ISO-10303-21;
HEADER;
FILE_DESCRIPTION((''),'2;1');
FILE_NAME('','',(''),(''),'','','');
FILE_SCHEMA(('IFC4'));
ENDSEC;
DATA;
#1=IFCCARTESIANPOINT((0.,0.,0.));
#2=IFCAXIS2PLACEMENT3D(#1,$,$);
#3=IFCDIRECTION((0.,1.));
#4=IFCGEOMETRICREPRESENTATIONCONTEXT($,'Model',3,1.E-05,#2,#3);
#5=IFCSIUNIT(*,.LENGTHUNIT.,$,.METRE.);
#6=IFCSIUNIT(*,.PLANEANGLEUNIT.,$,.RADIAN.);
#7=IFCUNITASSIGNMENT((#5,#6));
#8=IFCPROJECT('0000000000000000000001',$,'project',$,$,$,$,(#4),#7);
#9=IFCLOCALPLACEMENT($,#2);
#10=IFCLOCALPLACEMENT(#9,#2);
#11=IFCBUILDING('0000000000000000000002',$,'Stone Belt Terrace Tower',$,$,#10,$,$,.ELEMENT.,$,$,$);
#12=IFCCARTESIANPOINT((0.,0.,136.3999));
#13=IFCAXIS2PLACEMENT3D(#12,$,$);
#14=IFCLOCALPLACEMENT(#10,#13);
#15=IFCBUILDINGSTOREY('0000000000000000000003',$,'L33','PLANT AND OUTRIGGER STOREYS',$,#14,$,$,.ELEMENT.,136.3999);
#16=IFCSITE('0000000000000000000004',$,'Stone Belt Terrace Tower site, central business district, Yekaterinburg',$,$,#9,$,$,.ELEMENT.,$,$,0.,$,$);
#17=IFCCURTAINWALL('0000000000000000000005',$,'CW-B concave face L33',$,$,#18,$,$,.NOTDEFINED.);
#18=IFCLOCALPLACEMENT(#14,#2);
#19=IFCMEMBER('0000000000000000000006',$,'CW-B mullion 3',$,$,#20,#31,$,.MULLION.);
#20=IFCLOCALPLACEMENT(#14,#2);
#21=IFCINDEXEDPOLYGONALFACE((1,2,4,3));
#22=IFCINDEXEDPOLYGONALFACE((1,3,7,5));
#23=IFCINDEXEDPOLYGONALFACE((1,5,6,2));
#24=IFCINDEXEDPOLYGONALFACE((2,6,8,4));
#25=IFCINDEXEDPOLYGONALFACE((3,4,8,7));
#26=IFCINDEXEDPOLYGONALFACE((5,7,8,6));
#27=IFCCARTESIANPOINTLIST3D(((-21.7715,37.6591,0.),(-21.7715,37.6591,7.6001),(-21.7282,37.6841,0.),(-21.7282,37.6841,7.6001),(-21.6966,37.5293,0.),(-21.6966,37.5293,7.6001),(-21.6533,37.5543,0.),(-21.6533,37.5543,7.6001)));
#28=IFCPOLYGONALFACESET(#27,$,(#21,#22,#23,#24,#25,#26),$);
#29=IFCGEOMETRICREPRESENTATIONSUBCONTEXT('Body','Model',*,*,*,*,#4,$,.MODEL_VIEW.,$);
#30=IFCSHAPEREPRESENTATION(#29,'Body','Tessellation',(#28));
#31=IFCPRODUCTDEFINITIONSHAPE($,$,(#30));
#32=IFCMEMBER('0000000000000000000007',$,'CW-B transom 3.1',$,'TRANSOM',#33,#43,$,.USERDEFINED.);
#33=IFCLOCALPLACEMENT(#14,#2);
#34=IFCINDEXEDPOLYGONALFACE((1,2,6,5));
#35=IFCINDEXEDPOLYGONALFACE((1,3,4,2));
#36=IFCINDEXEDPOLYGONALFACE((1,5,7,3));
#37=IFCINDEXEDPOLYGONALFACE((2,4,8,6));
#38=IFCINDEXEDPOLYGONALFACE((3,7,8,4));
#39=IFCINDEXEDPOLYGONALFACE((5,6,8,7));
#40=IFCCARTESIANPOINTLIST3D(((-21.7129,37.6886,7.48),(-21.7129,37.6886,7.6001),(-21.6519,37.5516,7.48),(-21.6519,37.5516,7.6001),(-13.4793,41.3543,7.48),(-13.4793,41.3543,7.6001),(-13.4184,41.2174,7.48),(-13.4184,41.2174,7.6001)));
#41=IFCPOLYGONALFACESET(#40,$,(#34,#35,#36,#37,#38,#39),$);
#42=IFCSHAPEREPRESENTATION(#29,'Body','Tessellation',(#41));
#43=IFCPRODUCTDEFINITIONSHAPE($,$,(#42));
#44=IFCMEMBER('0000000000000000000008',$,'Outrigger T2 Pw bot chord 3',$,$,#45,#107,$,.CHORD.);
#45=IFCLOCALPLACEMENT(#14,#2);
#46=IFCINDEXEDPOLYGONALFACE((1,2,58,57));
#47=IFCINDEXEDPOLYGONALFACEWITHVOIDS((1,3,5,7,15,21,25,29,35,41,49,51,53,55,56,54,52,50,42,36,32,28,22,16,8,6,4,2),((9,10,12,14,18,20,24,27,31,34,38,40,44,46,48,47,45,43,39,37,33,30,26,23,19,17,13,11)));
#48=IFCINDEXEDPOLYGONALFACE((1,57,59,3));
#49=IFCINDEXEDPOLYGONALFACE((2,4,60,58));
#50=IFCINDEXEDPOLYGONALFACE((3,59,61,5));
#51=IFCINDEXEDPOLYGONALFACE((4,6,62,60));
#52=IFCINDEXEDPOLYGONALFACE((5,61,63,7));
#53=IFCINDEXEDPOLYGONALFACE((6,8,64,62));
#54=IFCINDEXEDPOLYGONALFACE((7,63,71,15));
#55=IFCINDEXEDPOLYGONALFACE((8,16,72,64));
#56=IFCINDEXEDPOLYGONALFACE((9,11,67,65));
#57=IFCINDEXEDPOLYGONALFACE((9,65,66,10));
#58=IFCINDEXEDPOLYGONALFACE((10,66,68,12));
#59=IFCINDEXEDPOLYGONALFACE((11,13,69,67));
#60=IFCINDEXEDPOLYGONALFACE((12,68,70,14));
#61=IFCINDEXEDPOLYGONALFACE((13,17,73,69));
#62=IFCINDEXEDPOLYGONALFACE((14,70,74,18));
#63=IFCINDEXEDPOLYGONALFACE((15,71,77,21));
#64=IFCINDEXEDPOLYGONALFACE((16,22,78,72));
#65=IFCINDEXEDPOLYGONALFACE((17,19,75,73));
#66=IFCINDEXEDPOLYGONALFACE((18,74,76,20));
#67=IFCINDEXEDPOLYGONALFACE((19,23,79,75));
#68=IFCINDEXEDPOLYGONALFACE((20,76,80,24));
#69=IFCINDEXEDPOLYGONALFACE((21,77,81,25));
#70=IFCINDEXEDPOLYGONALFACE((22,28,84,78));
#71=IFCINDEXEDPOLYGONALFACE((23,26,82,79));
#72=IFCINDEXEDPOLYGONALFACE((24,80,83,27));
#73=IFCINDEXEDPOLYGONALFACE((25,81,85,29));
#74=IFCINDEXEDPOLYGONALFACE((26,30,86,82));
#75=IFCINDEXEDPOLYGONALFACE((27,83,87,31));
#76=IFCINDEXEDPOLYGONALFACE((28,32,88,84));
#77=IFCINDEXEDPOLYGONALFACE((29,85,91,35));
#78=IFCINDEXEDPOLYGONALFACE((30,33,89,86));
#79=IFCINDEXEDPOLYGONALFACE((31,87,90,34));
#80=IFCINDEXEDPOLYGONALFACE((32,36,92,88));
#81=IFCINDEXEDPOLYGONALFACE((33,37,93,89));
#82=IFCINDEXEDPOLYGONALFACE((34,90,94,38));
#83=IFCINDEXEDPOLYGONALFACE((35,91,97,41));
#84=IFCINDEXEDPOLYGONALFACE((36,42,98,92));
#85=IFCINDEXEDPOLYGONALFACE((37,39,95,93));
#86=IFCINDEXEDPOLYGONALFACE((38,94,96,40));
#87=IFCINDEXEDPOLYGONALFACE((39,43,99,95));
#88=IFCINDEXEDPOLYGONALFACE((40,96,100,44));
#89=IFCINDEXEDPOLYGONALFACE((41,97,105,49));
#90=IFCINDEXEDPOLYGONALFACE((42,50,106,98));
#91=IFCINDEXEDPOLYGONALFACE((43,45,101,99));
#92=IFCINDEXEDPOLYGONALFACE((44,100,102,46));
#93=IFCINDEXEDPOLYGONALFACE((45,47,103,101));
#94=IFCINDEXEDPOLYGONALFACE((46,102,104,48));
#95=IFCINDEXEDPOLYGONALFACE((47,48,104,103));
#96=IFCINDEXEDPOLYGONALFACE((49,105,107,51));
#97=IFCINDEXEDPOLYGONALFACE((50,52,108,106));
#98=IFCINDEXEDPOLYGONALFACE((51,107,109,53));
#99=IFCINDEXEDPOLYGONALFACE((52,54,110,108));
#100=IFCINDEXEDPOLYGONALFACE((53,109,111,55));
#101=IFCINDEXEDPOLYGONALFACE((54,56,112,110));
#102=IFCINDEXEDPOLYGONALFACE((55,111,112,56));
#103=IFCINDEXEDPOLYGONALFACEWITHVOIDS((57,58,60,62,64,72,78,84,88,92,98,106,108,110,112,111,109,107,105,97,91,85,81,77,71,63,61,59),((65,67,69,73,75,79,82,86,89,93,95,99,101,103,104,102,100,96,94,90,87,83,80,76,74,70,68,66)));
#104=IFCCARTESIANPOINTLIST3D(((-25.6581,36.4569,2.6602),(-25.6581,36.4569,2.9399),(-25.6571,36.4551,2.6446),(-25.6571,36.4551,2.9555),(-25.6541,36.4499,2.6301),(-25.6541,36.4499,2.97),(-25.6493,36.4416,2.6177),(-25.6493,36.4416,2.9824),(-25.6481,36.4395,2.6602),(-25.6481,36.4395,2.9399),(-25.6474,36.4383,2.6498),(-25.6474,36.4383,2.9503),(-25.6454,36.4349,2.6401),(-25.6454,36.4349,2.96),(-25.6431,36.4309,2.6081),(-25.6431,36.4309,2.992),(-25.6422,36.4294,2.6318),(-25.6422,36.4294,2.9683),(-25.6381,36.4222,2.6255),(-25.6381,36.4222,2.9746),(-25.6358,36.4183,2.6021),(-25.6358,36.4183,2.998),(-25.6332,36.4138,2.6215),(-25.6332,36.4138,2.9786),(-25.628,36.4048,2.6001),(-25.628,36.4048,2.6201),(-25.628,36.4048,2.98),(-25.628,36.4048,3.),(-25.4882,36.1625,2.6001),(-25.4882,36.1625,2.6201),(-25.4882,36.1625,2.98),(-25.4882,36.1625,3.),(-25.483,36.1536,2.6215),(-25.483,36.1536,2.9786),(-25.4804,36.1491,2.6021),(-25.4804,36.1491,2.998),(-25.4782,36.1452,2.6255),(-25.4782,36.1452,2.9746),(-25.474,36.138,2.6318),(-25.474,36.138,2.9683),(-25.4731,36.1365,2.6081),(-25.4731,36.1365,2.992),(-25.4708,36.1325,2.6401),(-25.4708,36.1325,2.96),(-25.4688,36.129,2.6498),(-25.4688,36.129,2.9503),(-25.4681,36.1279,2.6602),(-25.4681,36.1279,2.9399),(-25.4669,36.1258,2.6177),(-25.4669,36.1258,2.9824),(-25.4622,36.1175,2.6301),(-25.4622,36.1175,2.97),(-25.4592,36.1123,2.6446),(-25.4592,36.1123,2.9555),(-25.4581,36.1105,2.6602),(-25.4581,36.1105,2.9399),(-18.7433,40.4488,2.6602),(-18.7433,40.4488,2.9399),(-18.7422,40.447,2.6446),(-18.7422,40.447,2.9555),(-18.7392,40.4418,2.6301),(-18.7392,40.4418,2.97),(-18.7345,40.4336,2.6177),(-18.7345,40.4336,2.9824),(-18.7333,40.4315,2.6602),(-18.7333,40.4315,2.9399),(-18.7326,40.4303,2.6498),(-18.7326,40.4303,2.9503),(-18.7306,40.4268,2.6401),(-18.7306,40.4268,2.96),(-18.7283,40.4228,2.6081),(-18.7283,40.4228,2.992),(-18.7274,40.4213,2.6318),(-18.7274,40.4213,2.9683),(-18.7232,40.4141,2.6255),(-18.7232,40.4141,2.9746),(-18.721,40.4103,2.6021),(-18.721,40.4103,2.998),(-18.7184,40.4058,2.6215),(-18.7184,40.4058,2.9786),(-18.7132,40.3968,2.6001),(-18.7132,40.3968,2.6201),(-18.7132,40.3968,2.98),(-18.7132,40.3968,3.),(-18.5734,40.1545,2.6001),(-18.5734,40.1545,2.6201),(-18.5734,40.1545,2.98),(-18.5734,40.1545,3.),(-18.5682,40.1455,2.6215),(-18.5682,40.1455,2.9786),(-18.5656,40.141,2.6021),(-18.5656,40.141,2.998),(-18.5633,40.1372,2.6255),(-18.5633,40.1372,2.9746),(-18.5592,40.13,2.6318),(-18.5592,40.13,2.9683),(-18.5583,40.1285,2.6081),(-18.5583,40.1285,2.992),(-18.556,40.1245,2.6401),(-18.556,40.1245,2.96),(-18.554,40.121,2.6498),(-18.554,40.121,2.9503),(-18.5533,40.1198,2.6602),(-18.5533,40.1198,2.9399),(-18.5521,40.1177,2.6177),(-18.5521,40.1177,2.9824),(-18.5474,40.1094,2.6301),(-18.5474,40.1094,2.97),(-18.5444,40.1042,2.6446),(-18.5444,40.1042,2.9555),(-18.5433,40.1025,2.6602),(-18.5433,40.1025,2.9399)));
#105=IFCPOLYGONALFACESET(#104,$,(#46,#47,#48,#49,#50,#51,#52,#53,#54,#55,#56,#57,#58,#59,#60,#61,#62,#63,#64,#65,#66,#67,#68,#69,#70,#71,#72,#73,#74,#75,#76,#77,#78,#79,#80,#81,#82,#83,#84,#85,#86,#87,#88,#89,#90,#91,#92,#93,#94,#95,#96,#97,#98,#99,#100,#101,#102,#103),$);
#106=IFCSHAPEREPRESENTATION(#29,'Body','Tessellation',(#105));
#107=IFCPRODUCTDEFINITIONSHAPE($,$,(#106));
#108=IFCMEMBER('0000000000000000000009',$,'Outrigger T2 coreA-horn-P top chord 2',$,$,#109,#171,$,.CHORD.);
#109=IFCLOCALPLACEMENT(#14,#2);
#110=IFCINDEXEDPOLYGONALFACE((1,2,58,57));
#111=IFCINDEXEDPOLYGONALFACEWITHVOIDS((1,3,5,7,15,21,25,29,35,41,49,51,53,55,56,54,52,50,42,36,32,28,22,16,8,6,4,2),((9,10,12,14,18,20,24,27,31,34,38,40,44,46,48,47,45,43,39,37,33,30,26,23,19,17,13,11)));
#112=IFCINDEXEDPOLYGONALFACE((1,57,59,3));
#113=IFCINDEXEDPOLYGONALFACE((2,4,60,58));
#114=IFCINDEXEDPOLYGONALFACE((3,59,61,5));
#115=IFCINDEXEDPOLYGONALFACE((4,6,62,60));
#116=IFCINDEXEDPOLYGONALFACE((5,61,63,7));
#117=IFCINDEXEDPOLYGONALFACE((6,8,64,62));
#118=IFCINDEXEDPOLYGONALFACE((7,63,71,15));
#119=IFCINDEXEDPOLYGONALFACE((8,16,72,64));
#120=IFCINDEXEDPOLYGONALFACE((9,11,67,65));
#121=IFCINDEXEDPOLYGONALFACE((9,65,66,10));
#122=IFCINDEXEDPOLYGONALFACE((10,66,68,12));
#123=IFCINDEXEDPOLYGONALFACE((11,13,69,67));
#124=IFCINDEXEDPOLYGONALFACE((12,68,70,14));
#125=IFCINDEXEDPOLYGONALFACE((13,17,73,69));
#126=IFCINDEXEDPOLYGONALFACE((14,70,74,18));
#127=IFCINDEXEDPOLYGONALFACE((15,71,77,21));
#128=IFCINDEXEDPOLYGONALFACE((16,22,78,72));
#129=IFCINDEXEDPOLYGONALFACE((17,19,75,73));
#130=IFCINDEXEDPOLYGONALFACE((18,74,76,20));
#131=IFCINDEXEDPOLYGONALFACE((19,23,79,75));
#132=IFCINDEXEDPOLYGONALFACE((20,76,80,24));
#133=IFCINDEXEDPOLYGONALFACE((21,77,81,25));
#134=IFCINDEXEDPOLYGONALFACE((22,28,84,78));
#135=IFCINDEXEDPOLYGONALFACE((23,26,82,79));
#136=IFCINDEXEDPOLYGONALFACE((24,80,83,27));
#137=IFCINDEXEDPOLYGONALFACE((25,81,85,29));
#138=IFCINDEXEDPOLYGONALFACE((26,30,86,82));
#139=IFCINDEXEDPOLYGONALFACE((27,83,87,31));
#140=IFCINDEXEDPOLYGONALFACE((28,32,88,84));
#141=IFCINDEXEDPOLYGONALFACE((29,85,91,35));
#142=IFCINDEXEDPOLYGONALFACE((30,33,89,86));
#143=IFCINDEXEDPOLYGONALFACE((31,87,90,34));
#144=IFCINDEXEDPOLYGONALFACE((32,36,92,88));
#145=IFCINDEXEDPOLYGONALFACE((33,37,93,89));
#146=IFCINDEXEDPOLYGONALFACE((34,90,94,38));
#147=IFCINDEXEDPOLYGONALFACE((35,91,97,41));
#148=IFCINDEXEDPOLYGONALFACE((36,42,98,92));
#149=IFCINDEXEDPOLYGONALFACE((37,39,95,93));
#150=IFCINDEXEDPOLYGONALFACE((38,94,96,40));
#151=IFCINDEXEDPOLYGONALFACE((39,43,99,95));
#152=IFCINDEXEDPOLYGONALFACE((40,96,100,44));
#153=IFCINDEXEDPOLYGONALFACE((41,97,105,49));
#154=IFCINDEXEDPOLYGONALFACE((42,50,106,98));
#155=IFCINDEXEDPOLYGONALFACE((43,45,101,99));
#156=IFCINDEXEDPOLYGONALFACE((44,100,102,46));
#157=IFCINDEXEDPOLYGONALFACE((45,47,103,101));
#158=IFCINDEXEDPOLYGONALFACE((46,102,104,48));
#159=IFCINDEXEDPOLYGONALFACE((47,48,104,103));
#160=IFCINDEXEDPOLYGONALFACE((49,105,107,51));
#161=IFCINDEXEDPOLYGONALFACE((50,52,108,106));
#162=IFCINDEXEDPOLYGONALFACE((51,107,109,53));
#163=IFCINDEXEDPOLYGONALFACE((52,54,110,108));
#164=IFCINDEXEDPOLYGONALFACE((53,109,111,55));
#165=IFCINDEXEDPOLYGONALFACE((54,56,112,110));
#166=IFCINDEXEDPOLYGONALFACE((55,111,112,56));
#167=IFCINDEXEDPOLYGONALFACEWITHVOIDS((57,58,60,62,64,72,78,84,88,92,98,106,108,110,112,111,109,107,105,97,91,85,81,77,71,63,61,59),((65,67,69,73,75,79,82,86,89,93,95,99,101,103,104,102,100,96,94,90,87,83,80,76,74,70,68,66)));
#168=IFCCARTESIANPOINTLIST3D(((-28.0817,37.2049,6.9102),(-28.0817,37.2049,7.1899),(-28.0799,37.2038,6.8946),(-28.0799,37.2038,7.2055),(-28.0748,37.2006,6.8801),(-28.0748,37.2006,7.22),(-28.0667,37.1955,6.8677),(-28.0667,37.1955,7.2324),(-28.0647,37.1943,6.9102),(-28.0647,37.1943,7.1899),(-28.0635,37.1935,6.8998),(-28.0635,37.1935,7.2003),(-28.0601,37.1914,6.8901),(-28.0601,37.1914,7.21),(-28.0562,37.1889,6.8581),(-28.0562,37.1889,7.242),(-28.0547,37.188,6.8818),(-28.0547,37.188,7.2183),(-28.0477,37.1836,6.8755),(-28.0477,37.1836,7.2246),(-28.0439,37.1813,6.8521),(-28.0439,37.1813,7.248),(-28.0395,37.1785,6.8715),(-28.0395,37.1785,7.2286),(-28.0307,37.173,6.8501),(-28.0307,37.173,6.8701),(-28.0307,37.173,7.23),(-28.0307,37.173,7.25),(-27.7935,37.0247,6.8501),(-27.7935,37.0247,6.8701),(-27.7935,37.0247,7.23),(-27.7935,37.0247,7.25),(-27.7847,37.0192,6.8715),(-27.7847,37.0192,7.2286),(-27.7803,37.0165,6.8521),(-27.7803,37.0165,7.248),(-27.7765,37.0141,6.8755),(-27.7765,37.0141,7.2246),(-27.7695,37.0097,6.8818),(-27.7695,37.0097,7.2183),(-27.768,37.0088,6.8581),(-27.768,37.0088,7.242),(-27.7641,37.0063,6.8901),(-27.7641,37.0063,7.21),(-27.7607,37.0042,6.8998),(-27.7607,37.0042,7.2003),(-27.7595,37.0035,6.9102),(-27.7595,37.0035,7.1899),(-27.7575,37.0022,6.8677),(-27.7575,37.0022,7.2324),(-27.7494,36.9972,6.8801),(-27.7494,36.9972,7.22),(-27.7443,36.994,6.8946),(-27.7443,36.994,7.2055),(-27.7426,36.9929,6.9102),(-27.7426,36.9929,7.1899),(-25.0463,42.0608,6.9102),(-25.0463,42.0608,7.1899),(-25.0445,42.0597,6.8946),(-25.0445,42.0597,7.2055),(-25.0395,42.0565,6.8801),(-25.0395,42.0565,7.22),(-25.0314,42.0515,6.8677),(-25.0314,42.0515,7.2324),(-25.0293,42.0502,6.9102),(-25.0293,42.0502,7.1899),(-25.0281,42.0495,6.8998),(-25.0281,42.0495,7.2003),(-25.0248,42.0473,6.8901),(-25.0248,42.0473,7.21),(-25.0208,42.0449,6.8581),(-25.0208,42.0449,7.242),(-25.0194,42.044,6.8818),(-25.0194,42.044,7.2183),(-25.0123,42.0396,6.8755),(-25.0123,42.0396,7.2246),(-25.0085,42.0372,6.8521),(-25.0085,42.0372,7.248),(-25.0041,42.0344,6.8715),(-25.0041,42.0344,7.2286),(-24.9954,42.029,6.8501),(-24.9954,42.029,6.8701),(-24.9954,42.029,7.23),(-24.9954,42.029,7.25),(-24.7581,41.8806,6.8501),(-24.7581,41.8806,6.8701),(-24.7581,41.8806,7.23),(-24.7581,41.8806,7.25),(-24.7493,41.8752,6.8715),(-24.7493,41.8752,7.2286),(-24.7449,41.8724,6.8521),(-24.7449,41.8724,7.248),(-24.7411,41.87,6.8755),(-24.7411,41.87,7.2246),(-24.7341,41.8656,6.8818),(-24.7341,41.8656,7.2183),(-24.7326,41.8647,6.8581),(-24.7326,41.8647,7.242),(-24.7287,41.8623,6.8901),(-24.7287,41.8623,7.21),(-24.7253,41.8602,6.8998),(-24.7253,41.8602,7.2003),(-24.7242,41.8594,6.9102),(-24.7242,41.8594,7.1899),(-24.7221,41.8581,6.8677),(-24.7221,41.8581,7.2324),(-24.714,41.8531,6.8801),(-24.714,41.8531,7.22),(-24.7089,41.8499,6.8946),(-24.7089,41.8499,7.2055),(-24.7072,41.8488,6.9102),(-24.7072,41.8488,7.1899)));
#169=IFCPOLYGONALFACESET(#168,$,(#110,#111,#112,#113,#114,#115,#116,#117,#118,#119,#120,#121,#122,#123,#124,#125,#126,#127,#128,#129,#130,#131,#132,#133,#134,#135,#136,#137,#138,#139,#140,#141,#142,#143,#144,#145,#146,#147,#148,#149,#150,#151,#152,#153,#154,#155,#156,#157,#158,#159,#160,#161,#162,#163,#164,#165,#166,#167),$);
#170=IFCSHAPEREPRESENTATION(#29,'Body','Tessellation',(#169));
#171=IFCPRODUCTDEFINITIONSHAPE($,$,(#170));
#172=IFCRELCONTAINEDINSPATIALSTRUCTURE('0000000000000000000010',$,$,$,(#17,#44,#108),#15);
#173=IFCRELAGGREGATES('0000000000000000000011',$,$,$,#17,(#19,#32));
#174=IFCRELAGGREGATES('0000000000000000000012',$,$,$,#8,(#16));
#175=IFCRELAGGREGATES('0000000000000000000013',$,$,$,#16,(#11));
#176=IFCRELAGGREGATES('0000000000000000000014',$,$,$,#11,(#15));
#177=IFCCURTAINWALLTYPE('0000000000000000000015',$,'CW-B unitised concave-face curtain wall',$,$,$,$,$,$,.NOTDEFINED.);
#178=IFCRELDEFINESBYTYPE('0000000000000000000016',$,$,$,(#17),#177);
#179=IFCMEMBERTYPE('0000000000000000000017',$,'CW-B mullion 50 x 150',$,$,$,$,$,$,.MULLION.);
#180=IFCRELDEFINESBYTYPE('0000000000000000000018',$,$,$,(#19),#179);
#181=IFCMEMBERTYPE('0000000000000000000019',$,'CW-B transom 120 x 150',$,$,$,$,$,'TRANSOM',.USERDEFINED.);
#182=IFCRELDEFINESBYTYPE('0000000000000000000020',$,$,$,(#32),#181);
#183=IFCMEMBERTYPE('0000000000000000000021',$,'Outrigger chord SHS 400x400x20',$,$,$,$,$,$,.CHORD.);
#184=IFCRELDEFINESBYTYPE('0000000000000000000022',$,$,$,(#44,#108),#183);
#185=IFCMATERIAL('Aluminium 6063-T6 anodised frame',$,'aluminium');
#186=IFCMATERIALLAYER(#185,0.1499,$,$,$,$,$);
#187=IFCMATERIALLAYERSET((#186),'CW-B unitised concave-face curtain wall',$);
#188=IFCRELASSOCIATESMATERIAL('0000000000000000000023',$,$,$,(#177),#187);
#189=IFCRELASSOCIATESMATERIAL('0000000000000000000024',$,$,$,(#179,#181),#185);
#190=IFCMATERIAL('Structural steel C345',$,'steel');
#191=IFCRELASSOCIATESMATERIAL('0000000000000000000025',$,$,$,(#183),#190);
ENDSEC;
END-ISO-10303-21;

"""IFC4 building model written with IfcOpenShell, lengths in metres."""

from ifc_helpers import new_model, si_unit, direction, frame, origin, origin_2d, place, context, subcontext, project, spatial, rectangle, hollow_rectangle, extrude, material, layer, layer_set, material_profile, profile_set, type_object, element, aggregate, save


model = new_model("IFC4")

# Units and contexts
model_context = context("Model", 3, precision=1e-05, world=origin(), true_north=direction((0.0, 1.0)))
body_context = subcontext(model_context, "Body", "Model", "MODEL_VIEW")
ifc_project = project(units=[si_unit("LENGTHUNIT", "METRE"), si_unit("PLANEANGLEUNIT", "RADIAN")], contexts=[model_context])

# Site, building, storey
site_placement = place(None, origin())
site = spatial("IfcSite", under=ifc_project, at=site_placement, Name="Stone Belt Terrace Tower site, central business district, Yekaterinburg", CompositionType="ELEMENT", RefElevation=0.0)
building_placement = place(site_placement, origin())
building = spatial("IfcBuilding", under=site, at=building_placement, Name="Stone Belt Terrace Tower", CompositionType="ELEMENT")
storey_placement = place(building_placement, frame((0.0, 0.0, 136.3999)))
storey = spatial("IfcBuildingStorey", under=building, at=storey_placement, Name="L33", Description="PLANT AND OUTRIGGER STOREYS", CompositionType="ELEMENT", Elevation=136.3999)

# Curtain wall, members
ifc_material_1 = material(Name="Aluminium 6063-T6 anodised frame", Category="aluminium")
ifc_layer_1 = layer(ifc_material_1, 0.1499)
ifc_layer_set_1 = layer_set([ifc_layer_1], Name="CW-B unitised concave-face curtain wall")
curtain_wall_type = type_object("IfcCurtainWallType", Name="CW-B unitised concave-face curtain wall", PredefinedType="NOTDEFINED", material=ifc_layer_set_1)
curtain_wall_placement = place(storey_placement, origin())
curtain_wall = element("IfcCurtainWall", 1, at=curtain_wall_placement, inside=storey, type_object=curtain_wall_type, Name="CW-B concave face L33", PredefinedType="NOTDEFINED")
ifc_material_profile_1 = material_profile(ifc_material_1, rectangle(XDim=0.1499, YDim=0.05, at=origin_2d()), Name="Aluminium 6063-T6 50x150")
ifc_profile_set_1 = profile_set([ifc_material_profile_1], Name="Aluminium 6063-T6 anodised frame")
member_type_1 = type_object("IfcMemberType", Name="CW-B mullion 50 x 150", PredefinedType="MULLION", material=ifc_profile_set_1)
member_1_placement = place(storey_placement, frame((-21.7124, 37.6067, 0.0), z_axis=(0.0, 0.0, 1.0), x_axis=(-0.5, 0.866025, 0.0)))
member_1 = element("IfcMember", 2, at=member_1_placement, type_object=member_type_1, Name="CW-B mullion 3", PredefinedType="MULLION", context=body_context, shape_type="SweptSolid", body=[
    extrude(rectangle(XDim=0.1499, YDim=0.05, at=origin_2d()), origin(), (0.0, 0.0, 1.0), 7.6001),
])
ifc_material_profile_2 = material_profile(ifc_material_1, rectangle(XDim=0.1499, YDim=0.1201, at=origin_2d()), Name="Aluminium 6063-T6 150x120")
ifc_profile_set_2 = profile_set([ifc_material_profile_2], Name="Aluminium 6063-T6 anodised frame")
member_type_2 = type_object("IfcMemberType", Name="CW-B transom 120 x 150", ElementType="TRANSOM", PredefinedType="USERDEFINED", material=ifc_profile_set_2)
member_2_placement = place(storey_placement, frame((-21.6824, 37.6201, 7.54), z_axis=(0.913549, 0.406729, 0.0), x_axis=(-0.406729, 0.913549, 0.0)))
member_2 = element("IfcMember", 3, at=member_2_placement, type_object=member_type_2, Name="CW-B transom 3.1", ObjectType="TRANSOM", PredefinedType="USERDEFINED", context=body_context, shape_type="SweptSolid", body=[
    extrude(rectangle(XDim=0.1499, YDim=0.1201, at=origin_2d()), origin(), (0.0, 0.0, 1.0), 9.0127),
])
aggregate(curtain_wall, [member_1, member_2])

# Members
ifc_material_2 = material(Name="Structural steel C345", Category="steel")
ifc_material_profile_3 = material_profile(ifc_material_2, hollow_rectangle(XDim=0.3999, YDim=0.3999, WallThickness=0.02, InnerFilletRadius=0.04, OuterFilletRadius=0.0601, at=origin_2d()), Name="SHS 400x400x20")
ifc_profile_set_3 = profile_set([ifc_material_profile_3], Name="Structural steel C345")
member_type_3 = type_object("IfcMemberType", Name="Outrigger chord SHS 400x400x20", PredefinedType="CHORD", material=ifc_profile_set_3)
member_3_placement = place(storey_placement, frame((-25.5581, 36.2837, 2.8), z_axis=(0.866043, 0.49997, 0.0), x_axis=(-0.49997, 0.866043, 0.0)))
element("IfcMember", 4, at=member_3_placement, inside=storey, type_object=member_type_3, Name="Outrigger T2 Pw bot chord 3", PredefinedType="CHORD", context=body_context, shape_type="SweptSolid", body=[
    extrude(hollow_rectangle(XDim=0.3999, YDim=0.3999, WallThickness=0.02, InnerFilletRadius=0.04, OuterFilletRadius=0.0601, at=origin_2d()), origin(), (0.0, 0.0, 1.0), 7.9844),
])
for number, where, z_axis, x_axis, name in (
    (5, (-27.9121, 37.0989, 7.05), (0.530053, 0.847965, 0.0), (-0.847965, 0.530053, 0.0), "Outrigger T2 coreA-horn-P top chord 2"),
):
    element("IfcMember", number, at=place(storey_placement, frame(where, z_axis=z_axis, x_axis=x_axis)), inside=storey, type_object=member_type_3, Name=name, PredefinedType="CHORD", context=body_context, shape_type="SweptSolid", body=[
        extrude(hollow_rectangle(XDim=0.3999, YDim=0.3999, WallThickness=0.02, InnerFilletRadius=0.04, OuterFilletRadius=0.0601, at=origin_2d()), origin(), (0.0, 0.0, 1.0), 5.7266),
    ])

save(model, "model.ifc")
